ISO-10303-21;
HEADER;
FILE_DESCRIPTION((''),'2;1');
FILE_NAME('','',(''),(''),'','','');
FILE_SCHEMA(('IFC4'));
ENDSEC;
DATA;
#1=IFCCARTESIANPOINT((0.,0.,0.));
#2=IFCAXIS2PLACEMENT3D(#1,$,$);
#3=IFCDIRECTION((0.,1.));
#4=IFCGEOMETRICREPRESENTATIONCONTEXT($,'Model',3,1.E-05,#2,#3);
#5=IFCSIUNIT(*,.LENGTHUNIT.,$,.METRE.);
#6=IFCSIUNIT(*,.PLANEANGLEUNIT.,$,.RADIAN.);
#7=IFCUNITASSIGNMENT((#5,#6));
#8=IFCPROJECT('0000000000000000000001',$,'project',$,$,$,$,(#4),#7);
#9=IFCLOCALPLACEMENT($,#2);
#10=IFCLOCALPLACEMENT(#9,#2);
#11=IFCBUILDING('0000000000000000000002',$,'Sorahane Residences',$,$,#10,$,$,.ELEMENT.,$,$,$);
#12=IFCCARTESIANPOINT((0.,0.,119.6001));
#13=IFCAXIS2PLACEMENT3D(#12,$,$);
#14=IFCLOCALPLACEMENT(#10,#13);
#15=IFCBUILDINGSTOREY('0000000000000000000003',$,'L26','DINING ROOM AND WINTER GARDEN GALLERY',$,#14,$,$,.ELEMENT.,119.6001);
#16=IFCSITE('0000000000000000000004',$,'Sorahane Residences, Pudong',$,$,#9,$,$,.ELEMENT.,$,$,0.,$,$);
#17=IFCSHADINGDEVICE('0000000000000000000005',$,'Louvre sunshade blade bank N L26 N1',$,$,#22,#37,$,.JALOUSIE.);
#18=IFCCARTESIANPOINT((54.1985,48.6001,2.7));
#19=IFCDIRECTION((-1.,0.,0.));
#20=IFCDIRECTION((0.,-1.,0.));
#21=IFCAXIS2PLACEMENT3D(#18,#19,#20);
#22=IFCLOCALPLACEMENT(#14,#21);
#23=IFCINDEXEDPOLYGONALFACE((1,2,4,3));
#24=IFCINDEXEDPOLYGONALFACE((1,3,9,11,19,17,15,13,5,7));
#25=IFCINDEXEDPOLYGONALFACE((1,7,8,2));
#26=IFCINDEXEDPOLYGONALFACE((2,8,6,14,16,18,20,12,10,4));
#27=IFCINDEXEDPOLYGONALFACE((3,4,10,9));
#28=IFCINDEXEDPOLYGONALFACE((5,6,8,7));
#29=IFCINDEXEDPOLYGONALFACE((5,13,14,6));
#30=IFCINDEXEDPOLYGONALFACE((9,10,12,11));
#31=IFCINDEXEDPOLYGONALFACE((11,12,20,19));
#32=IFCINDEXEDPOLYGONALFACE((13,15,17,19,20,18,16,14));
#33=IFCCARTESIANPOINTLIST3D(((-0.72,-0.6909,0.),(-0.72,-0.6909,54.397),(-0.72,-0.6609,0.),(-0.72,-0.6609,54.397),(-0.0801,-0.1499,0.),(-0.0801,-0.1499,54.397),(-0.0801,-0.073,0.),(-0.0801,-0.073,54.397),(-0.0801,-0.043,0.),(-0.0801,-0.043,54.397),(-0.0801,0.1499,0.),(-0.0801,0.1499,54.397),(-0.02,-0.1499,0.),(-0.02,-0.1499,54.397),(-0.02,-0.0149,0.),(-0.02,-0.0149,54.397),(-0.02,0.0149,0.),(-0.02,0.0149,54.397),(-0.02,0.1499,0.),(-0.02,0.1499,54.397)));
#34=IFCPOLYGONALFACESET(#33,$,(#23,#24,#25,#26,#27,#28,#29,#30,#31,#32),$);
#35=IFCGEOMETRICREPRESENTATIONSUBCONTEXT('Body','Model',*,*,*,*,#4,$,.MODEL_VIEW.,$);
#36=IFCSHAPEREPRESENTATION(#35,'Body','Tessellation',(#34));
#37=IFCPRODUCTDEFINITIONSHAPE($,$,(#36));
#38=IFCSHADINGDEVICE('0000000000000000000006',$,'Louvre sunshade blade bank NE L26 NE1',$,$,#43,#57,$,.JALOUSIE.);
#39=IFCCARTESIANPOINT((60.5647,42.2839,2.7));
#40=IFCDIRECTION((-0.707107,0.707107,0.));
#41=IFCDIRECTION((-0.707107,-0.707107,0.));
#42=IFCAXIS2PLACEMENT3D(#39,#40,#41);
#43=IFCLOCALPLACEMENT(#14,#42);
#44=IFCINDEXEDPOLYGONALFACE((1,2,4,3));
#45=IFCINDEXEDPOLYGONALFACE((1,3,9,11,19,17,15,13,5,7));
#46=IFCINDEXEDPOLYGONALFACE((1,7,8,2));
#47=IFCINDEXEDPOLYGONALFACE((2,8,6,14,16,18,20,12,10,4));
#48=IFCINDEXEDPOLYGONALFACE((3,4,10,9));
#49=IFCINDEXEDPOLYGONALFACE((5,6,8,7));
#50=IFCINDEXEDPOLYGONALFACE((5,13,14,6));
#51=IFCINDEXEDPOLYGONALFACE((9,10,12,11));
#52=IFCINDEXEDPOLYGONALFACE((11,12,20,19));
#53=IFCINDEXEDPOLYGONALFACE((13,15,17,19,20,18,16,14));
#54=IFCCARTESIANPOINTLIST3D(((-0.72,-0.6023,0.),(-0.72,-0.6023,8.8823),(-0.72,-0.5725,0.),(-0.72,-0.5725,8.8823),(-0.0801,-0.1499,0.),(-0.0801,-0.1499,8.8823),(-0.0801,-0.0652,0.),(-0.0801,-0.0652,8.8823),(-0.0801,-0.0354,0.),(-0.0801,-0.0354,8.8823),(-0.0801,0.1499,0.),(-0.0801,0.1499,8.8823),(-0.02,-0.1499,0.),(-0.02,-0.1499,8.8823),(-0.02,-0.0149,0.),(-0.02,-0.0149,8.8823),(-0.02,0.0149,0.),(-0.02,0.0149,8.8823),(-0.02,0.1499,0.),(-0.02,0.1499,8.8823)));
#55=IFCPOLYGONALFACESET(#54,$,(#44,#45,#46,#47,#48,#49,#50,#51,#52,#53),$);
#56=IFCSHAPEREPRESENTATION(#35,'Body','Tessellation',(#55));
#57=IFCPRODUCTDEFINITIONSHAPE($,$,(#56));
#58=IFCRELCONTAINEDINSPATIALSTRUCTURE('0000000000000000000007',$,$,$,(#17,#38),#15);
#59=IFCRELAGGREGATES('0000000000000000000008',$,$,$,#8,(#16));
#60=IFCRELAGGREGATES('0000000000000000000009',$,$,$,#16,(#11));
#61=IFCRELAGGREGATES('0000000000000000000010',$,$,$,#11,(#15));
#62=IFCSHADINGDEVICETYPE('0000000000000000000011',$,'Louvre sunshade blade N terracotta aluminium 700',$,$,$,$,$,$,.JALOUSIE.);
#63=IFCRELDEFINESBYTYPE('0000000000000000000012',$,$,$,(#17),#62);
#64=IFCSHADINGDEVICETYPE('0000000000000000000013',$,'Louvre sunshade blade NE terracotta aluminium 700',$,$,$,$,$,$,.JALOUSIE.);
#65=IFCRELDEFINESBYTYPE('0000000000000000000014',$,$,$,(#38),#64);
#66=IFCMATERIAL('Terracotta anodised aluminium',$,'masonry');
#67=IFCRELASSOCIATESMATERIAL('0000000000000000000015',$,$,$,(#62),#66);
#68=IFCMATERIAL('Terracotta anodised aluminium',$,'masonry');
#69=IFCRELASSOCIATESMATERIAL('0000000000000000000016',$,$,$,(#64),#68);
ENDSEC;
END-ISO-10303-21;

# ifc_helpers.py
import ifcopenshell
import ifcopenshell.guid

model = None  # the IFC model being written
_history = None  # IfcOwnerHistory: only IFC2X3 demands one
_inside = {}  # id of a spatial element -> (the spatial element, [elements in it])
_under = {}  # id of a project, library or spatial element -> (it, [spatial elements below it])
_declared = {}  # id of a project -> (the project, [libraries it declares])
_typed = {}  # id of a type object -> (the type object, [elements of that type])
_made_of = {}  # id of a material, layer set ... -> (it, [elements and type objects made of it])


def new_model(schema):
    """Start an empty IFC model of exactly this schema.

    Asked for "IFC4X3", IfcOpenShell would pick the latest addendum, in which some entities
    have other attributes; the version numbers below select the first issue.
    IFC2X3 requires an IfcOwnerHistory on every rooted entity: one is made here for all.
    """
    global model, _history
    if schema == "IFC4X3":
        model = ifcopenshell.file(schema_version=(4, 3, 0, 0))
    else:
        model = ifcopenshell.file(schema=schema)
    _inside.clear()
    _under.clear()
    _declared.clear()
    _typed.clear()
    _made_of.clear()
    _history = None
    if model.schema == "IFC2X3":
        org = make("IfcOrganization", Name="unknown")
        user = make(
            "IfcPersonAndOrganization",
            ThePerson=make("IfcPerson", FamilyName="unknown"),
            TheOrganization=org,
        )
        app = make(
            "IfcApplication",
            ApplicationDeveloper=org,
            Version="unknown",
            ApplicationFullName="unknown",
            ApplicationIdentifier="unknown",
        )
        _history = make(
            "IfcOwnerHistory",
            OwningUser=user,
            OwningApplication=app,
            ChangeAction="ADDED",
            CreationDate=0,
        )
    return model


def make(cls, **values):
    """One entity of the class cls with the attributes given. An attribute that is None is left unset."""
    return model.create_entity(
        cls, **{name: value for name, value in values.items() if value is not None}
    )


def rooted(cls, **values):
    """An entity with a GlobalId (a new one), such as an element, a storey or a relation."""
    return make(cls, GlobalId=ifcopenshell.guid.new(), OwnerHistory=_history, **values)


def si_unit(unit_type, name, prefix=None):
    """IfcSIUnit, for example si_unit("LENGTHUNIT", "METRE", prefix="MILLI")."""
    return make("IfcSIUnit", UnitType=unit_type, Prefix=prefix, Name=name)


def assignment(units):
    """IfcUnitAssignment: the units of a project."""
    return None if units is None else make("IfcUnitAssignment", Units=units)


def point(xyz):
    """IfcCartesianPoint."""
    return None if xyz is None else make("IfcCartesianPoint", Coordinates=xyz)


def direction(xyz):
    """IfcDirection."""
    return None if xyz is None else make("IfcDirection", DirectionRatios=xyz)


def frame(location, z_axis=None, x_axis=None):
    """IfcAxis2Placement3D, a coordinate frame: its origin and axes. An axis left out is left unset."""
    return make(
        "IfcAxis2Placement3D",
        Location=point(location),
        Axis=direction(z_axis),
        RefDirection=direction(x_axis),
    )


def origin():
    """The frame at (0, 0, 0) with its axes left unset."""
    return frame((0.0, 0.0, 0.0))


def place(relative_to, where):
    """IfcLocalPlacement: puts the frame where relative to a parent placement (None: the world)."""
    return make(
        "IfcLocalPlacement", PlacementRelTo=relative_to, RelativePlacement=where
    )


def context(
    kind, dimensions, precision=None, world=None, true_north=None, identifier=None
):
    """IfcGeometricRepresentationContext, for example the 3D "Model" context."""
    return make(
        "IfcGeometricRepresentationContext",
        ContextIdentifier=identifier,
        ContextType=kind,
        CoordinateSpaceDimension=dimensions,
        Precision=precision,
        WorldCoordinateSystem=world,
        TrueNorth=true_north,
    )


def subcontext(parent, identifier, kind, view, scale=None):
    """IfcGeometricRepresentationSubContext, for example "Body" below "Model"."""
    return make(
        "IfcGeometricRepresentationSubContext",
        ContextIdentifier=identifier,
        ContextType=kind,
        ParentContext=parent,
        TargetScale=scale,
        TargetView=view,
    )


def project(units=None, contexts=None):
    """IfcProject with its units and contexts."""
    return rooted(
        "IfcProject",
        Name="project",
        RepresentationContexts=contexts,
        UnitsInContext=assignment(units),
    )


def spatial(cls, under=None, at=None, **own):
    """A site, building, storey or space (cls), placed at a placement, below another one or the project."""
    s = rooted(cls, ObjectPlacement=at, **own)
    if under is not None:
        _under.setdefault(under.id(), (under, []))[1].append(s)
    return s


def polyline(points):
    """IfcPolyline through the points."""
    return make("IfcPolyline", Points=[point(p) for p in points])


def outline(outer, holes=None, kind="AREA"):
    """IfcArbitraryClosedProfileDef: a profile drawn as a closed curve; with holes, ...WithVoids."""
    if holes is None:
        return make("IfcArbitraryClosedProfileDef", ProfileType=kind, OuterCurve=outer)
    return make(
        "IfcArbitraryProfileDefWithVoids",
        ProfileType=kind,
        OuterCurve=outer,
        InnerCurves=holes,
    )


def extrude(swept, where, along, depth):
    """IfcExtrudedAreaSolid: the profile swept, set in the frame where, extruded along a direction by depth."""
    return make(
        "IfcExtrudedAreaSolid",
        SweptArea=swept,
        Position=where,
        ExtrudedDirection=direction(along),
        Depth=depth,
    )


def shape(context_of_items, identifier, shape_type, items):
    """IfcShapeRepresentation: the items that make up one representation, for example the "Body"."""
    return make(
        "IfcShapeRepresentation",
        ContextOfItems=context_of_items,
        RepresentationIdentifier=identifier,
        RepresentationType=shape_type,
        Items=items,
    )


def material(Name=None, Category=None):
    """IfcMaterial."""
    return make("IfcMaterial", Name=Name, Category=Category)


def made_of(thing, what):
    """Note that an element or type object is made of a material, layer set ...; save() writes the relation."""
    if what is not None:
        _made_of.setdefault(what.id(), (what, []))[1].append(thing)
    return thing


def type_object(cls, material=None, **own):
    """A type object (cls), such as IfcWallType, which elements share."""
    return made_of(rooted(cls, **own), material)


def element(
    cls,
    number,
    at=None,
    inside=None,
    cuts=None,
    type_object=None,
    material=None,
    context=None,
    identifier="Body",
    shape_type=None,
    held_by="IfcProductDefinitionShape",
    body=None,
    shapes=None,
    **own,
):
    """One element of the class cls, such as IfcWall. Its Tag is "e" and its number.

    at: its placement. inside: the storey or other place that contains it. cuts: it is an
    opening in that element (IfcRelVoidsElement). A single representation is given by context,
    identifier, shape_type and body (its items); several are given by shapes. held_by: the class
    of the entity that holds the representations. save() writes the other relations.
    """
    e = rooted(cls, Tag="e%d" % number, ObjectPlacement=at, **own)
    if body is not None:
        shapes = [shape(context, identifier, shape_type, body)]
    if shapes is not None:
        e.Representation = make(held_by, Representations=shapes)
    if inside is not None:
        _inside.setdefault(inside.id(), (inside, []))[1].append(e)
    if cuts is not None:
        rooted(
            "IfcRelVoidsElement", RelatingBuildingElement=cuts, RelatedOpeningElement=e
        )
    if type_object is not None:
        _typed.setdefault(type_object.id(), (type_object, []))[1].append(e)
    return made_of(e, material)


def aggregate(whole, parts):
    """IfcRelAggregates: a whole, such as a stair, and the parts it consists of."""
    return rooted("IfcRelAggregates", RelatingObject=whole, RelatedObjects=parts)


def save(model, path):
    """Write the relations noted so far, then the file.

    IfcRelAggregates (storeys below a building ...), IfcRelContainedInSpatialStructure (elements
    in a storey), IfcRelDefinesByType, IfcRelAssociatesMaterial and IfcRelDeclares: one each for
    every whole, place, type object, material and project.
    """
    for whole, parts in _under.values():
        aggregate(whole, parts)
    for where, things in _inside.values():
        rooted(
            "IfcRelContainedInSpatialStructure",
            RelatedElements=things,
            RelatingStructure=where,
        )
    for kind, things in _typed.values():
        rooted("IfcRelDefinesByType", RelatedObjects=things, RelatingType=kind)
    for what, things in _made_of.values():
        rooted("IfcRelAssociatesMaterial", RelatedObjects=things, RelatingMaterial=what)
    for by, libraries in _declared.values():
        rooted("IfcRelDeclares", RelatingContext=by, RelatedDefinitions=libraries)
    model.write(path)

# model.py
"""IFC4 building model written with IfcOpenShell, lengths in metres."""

from ifc_helpers import new_model, si_unit, direction, frame, origin, place, context, subcontext, project, spatial, polyline, outline, extrude, material, type_object, element, save


model = new_model("IFC4")

# Units and contexts
model_context = context("Model", 3, precision=1e-05, world=origin(), true_north=direction((0.0, 1.0)))
body_context = subcontext(model_context, "Body", "Model", "MODEL_VIEW")
ifc_project = project(units=[si_unit("LENGTHUNIT", "METRE"), si_unit("PLANEANGLEUNIT", "RADIAN")], contexts=[model_context])

# Site, building, storey
site_placement = place(None, origin())
site = spatial("IfcSite", under=ifc_project, at=site_placement, Name="Sorahane Residences, Pudong", CompositionType="ELEMENT", RefElevation=0.0)
building_placement = place(site_placement, origin())
building = spatial("IfcBuilding", under=site, at=building_placement, Name="Sorahane Residences", CompositionType="ELEMENT")
storey_placement = place(building_placement, frame((0.0, 0.0, 119.6001)))
storey = spatial("IfcBuildingStorey", under=building, at=storey_placement, Name="L26", Description="DINING ROOM AND WINTER GARDEN GALLERY", CompositionType="ELEMENT", Elevation=119.6001)

# Shading devices
ifc_material_1 = material(Name="Terracotta anodised aluminium", Category="masonry")
shading_device_type_1 = type_object("IfcShadingDeviceType", Name="Louvre sunshade blade N terracotta aluminium 700", PredefinedType="JALOUSIE", material=ifc_material_1)
shading_device_1_placement = place(storey_placement, frame((54.1985, 48.6001, 2.7), z_axis=(-1.0, 0.0, 0.0), x_axis=(0.0, -1.0, 0.0)))
element("IfcShadingDevice", 1, at=shading_device_1_placement, inside=storey, type_object=shading_device_type_1, Name="Louvre sunshade blade bank N L26 N1", PredefinedType="JALOUSIE", context=body_context, shape_type="SweptSolid", body=[
    extrude(outline(polyline([(-0.72, -0.6609), (-0.72, -0.6909), (-0.0801, -0.073), (-0.0801, -0.1499), (-0.02, -0.1499), (-0.02, -0.0149), (-0.02, 0.0149), (-0.02, 0.1499), (-0.0801, 0.1499), (-0.0801, -0.043), (-0.72, -0.6609)])), origin(), (0.0, 0.0, 1.0), 54.397),
])
ifc_material_2 = material(Name="Terracotta anodised aluminium", Category="masonry")
shading_device_type_2 = type_object("IfcShadingDeviceType", Name="Louvre sunshade blade NE terracotta aluminium 700", PredefinedType="JALOUSIE", material=ifc_material_2)
shading_device_2_placement = place(storey_placement, frame((60.5647, 42.2839, 2.7), z_axis=(-0.707107, 0.707107, 0.0), x_axis=(-0.707107, -0.707107, 0.0)))
element("IfcShadingDevice", 2, at=shading_device_2_placement, inside=storey, type_object=shading_device_type_2, Name="Louvre sunshade blade bank NE L26 NE1", PredefinedType="JALOUSIE", context=body_context, shape_type="SweptSolid", body=[
    extrude(outline(polyline([(-0.72, -0.5725), (-0.72, -0.6023), (-0.0801, -0.0652), (-0.0801, -0.1499), (-0.02, -0.1499), (-0.02, -0.0149), (-0.02, 0.0149), (-0.02, 0.1499), (-0.0801, 0.1499), (-0.0801, -0.0354), (-0.72, -0.5725)])), origin(), (0.0, 0.0, 1.0), 8.8823),
])

save(model, "model.ifc")
